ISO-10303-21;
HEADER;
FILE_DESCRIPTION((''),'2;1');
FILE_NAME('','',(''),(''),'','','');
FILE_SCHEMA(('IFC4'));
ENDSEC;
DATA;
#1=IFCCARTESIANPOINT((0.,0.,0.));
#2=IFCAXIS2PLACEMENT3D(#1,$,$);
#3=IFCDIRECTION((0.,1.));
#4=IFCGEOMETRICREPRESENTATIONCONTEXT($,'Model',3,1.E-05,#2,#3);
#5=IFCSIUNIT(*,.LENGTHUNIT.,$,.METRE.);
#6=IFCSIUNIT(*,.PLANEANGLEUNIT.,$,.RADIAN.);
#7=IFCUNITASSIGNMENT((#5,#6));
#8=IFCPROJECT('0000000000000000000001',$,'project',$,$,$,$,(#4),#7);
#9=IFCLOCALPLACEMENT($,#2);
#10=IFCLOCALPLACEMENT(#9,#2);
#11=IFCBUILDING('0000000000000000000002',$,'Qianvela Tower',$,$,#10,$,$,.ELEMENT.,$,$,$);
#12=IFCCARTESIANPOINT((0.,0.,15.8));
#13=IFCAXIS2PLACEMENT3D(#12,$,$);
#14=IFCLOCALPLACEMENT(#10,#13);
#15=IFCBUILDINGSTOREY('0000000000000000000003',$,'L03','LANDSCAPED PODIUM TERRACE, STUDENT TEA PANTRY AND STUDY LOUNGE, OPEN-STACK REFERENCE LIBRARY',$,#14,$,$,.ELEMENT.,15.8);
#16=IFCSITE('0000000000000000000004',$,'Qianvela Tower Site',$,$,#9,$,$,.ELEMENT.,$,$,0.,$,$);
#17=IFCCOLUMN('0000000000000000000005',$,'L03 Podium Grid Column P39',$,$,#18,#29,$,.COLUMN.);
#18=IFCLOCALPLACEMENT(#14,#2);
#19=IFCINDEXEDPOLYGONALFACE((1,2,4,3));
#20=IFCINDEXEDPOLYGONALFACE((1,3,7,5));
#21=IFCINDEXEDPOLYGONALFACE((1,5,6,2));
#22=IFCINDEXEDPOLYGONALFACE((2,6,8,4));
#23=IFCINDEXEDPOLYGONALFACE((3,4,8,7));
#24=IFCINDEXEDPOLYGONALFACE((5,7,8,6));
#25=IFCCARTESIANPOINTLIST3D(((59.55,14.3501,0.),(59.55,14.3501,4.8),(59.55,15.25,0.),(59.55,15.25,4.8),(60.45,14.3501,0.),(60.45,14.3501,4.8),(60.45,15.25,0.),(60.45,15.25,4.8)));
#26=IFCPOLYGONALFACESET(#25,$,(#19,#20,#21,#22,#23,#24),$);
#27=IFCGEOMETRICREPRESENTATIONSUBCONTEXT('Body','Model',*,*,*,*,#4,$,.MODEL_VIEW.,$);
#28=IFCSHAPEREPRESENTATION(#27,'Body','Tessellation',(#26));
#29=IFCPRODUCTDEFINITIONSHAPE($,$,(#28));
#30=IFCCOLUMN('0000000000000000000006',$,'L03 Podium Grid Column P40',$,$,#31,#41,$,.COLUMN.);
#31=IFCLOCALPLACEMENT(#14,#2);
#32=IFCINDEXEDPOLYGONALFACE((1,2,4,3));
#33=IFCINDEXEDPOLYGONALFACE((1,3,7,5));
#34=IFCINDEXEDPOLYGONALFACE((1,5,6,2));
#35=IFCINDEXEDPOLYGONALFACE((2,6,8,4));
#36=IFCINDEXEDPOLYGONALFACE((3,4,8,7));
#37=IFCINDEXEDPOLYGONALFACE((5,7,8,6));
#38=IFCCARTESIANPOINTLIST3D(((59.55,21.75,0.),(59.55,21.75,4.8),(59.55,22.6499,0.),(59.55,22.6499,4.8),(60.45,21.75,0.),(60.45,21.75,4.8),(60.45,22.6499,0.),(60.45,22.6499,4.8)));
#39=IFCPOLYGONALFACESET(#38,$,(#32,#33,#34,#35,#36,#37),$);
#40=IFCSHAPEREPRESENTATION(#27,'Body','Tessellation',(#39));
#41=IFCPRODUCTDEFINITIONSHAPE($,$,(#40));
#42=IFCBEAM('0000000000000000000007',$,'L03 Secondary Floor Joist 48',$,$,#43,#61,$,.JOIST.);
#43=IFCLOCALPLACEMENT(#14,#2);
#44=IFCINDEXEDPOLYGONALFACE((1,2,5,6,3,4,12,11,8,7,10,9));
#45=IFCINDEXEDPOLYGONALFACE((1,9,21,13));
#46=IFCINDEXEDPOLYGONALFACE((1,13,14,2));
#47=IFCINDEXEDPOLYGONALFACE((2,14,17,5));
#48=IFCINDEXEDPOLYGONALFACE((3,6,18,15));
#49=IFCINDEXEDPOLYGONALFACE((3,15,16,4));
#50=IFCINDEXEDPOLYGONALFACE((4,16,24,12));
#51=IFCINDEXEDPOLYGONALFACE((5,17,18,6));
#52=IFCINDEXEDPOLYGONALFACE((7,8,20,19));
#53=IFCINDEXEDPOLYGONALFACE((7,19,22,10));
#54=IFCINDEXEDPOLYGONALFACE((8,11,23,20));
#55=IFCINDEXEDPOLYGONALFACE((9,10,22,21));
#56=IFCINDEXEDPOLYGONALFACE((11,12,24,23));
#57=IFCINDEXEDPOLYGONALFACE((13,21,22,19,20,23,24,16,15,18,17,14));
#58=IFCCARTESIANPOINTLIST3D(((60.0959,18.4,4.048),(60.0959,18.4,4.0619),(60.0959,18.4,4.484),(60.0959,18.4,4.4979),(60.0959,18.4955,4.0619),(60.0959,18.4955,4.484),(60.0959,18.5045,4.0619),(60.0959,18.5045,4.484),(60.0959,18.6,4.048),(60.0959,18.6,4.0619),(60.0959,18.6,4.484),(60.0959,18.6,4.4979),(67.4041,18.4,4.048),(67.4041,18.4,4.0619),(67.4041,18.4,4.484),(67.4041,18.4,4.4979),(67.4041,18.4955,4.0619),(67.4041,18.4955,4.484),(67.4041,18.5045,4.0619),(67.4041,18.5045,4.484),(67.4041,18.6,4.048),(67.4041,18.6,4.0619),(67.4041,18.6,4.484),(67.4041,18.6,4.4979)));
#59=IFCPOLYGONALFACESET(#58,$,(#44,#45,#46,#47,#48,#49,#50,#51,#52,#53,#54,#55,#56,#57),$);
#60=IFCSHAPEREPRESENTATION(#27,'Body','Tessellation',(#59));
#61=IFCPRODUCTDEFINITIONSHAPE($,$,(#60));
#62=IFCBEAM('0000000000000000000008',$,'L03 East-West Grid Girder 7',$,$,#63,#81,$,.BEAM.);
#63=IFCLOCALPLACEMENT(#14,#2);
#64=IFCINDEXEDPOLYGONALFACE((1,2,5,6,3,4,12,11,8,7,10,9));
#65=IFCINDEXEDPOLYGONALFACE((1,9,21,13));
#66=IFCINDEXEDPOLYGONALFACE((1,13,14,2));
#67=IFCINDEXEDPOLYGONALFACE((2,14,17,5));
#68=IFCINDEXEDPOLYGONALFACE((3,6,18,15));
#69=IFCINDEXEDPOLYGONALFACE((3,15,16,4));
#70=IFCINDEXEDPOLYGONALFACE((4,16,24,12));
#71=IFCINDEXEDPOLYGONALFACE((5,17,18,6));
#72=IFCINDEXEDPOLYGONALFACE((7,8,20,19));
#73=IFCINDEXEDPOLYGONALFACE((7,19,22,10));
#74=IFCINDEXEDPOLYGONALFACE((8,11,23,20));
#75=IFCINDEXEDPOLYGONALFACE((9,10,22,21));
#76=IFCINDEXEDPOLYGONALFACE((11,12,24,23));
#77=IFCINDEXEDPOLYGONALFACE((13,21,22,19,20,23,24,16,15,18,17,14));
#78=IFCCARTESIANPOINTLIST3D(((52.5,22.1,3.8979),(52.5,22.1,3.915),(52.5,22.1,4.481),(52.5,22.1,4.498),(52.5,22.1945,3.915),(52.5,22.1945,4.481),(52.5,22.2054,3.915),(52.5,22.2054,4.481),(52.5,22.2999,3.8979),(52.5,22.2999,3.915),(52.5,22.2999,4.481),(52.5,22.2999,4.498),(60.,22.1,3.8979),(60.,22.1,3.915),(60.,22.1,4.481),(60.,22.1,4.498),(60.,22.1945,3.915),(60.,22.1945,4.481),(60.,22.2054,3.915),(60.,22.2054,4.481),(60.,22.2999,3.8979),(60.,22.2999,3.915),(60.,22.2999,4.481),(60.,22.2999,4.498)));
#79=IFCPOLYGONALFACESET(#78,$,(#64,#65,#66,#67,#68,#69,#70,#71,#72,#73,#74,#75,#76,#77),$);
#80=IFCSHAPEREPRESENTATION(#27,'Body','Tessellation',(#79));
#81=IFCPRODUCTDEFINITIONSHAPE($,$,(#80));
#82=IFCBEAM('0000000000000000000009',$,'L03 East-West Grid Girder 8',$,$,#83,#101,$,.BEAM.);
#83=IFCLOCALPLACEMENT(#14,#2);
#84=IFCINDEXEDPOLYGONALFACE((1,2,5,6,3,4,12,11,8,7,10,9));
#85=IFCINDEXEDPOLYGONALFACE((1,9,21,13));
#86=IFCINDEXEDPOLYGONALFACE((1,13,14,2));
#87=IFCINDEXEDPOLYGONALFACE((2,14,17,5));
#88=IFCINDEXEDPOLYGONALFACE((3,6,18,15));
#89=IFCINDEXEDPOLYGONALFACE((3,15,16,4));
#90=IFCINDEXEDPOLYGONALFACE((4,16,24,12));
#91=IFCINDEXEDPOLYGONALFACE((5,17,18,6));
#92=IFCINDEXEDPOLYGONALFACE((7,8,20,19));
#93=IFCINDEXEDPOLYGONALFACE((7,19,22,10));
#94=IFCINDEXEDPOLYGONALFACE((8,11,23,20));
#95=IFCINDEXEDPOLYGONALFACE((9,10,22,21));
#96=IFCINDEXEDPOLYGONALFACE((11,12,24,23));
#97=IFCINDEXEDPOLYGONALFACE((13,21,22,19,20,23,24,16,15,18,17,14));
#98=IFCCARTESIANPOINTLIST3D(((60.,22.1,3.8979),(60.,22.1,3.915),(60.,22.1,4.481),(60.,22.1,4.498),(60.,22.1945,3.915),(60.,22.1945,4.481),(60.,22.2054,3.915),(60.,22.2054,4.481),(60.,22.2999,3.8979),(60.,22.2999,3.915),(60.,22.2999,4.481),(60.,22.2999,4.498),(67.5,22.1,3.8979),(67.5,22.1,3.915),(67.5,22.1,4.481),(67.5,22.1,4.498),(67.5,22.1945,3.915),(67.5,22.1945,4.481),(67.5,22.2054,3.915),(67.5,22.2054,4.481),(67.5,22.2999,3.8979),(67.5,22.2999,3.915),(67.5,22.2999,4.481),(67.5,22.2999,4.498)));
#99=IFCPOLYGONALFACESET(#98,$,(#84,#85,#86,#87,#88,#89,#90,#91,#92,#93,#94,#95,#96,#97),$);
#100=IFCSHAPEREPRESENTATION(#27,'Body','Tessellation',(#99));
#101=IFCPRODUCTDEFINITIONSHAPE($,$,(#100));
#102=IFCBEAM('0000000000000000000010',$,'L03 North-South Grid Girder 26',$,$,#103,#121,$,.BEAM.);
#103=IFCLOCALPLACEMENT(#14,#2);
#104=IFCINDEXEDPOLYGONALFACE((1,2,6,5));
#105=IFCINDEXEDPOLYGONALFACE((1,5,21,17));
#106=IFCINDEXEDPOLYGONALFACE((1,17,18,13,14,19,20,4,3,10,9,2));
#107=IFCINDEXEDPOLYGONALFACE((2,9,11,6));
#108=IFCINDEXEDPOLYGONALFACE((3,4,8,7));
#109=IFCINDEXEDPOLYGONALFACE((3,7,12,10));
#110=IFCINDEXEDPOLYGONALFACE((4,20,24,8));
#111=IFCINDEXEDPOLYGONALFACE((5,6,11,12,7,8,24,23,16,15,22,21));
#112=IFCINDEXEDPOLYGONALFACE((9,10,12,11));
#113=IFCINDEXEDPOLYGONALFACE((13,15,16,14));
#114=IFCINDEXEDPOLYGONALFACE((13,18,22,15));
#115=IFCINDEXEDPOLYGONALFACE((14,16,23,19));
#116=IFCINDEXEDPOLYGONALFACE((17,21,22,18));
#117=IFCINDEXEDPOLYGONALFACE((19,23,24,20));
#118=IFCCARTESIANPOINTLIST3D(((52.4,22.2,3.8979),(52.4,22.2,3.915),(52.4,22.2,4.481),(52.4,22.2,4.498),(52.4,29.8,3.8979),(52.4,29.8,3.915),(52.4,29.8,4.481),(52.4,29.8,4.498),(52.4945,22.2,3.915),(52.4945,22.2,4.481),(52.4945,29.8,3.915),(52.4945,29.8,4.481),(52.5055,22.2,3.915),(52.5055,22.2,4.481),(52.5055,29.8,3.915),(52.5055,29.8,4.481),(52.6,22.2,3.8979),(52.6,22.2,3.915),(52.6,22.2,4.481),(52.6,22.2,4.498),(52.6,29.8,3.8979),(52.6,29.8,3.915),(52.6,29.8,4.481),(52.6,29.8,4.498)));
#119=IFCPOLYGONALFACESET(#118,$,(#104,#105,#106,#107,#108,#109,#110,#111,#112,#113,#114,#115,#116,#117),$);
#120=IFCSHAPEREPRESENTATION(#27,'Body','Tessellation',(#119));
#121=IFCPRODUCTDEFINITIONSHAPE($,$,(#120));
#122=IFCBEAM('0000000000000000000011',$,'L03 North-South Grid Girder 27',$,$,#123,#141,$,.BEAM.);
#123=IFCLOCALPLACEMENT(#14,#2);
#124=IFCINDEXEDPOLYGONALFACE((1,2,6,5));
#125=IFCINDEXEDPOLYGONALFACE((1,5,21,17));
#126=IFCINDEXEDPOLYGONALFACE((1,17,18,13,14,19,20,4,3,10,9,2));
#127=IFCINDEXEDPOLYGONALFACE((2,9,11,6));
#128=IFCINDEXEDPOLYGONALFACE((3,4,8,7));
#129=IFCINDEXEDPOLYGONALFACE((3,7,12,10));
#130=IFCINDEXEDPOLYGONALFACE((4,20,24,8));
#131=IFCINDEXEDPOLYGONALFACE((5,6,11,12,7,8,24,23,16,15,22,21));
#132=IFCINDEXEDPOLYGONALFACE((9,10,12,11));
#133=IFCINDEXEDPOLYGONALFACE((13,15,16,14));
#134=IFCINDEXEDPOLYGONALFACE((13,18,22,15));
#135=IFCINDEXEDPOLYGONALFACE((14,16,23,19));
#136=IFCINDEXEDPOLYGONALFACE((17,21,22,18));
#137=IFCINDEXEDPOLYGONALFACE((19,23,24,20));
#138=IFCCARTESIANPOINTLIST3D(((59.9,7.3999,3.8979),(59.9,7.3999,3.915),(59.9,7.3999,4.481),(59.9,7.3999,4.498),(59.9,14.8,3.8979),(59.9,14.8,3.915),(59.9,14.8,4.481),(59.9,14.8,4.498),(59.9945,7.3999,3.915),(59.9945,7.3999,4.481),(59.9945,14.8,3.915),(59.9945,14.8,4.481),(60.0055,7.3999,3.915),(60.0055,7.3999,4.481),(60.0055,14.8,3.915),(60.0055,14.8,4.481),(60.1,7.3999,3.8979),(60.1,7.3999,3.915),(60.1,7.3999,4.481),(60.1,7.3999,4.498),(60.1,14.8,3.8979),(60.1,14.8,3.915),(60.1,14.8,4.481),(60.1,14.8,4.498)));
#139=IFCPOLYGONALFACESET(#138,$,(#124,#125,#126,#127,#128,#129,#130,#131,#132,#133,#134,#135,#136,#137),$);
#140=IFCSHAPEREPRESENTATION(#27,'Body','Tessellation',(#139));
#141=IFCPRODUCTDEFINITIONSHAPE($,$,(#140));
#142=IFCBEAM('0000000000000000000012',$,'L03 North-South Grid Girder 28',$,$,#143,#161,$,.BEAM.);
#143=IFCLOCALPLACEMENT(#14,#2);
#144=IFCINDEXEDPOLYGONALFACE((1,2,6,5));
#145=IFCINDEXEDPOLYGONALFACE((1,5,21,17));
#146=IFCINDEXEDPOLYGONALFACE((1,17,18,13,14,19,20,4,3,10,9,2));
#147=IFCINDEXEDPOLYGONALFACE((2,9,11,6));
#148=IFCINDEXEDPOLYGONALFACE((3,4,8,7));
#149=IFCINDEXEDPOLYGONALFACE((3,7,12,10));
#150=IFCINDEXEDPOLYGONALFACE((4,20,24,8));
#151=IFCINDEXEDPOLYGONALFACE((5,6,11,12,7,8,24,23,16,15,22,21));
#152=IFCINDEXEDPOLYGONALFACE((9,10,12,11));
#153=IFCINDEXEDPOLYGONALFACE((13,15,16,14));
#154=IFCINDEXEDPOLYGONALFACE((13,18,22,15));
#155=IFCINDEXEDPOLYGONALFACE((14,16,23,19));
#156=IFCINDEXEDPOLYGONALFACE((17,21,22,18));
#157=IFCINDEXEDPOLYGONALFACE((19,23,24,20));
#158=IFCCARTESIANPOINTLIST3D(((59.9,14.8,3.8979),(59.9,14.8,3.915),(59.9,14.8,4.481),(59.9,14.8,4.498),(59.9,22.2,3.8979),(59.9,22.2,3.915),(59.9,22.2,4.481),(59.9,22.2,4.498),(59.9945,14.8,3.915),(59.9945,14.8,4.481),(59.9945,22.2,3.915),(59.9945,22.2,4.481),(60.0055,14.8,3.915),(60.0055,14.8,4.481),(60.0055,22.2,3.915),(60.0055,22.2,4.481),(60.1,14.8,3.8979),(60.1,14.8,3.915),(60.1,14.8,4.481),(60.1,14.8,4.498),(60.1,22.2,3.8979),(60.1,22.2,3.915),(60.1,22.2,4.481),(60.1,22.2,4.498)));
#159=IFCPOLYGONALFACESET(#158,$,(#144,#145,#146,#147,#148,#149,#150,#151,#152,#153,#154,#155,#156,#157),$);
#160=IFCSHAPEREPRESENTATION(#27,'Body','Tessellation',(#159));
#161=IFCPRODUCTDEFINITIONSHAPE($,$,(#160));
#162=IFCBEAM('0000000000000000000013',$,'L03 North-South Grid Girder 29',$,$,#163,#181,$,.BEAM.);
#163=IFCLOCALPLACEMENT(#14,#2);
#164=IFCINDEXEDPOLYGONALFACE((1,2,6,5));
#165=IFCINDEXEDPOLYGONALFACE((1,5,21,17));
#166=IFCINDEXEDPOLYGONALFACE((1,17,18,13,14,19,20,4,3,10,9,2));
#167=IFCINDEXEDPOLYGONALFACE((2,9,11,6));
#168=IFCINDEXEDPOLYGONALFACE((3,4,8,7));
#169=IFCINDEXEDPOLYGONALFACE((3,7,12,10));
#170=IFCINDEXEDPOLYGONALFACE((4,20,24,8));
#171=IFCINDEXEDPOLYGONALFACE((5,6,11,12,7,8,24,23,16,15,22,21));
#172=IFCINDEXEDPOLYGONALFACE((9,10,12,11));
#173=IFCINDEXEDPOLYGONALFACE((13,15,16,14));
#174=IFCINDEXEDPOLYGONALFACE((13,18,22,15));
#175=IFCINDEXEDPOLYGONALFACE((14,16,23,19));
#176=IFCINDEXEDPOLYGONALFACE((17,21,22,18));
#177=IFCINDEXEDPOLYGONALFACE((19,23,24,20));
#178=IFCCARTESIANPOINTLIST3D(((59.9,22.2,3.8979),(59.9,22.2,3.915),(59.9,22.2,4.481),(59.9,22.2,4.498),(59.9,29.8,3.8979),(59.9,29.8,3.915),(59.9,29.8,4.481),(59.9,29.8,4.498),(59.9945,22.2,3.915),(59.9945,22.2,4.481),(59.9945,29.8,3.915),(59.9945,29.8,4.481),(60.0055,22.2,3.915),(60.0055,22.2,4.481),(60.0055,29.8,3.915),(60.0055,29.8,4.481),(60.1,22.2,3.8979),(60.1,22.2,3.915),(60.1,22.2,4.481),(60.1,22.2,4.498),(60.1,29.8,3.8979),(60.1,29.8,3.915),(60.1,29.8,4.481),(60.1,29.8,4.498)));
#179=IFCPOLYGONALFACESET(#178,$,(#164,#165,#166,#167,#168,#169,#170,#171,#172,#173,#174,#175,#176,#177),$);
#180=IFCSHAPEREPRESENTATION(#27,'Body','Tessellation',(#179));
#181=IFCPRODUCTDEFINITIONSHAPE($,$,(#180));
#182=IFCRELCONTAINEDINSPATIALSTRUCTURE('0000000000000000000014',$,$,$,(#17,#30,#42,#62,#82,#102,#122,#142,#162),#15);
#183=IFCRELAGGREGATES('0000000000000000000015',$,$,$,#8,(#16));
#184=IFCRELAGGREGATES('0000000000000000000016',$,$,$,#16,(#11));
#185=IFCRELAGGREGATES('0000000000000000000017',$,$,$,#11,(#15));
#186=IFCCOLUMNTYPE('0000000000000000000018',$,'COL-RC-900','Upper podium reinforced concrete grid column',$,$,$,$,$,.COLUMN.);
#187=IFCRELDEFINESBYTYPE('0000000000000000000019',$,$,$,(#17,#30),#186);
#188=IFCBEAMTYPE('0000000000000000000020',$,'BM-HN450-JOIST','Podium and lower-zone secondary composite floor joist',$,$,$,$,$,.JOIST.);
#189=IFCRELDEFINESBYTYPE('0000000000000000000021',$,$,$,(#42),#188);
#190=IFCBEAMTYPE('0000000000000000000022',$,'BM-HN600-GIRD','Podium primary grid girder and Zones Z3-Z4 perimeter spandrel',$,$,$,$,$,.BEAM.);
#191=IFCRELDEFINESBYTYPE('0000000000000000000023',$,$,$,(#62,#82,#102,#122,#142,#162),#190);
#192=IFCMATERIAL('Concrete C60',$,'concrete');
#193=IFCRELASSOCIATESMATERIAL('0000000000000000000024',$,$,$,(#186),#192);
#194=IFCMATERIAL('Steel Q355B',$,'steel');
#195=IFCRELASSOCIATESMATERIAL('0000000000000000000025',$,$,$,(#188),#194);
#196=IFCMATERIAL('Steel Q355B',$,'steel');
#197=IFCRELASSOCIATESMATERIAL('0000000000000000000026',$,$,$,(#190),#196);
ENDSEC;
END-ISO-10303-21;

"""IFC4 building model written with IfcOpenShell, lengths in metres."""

from ifc_helpers import new_model, si_unit, direction, frame, origin, origin_2d, place, context, subcontext, project, spatial, rectangle, i_section, extrude, material, material_profile, profile_set, type_object, element, save


model = new_model("IFC4")

# Units and contexts
model_context = context("Model", 3, precision=1e-05, world=origin(), true_north=direction((0.0, 1.0)))
body_context = subcontext(model_context, "Body", "Model", "MODEL_VIEW")
ifc_project = project(units=[si_unit("LENGTHUNIT", "METRE"), si_unit("PLANEANGLEUNIT", "RADIAN")], contexts=[model_context])

# Site, building, storey
site_placement = place(None, origin())
site = spatial("IfcSite", under=ifc_project, at=site_placement, Name="Qianvela Tower Site", CompositionType="ELEMENT", RefElevation=0.0)
building_placement = place(site_placement, origin())
building = spatial("IfcBuilding", under=site, at=building_placement, Name="Qianvela Tower", CompositionType="ELEMENT")
storey_placement = place(building_placement, frame((0.0, 0.0, 15.8)))
storey = spatial("IfcBuildingStorey", under=building, at=storey_placement, Name="L03", Description="LANDSCAPED PODIUM TERRACE, STUDENT TEA PANTRY AND STUDY LOUNGE, OPEN-STACK REFERENCE LIBRARY", CompositionType="ELEMENT", Elevation=15.8)

# Columns
ifc_material_1 = material(Name="Concrete C60", Category="concrete")
ifc_material_profile_1 = material_profile(ifc_material_1, rectangle(XDim=0.8999, YDim=0.8999, at=origin_2d()), Name="RC-COL-900x900")
ifc_profile_set_1 = profile_set([ifc_material_profile_1], Name="Concrete C60")
column_type_1 = type_object("IfcColumnType", Name="COL-RC-900", Description="Upper podium reinforced concrete grid column", PredefinedType="COLUMN", material=ifc_profile_set_1)
for number, where, z_axis, x_axis, name in (
    (1, (60.0, 14.8, 0.0), (0.0, 0.0, 1.0), (1.0, 0.0, 0.0), "L03 Podium Grid Column P39"),
    (2, (60.0, 22.2, 0.0), (0.0, 0.0, 1.0), (1.0, 0.0, 0.0), "L03 Podium Grid Column P40"),
):
    element("IfcColumn", number, at=place(storey_placement, frame(where, z_axis=z_axis, x_axis=x_axis)), inside=storey, type_object=column_type_1, Name=name, PredefinedType="COLUMN", context=body_context, shape_type="SweptSolid", body=[
        extrude(rectangle(XDim=0.8999, YDim=0.8999, at=origin_2d()), origin(), (0.0, 0.0, 1.0), 4.8),
    ])

# Beams
ifc_material_2 = material(Name="Steel Q355B", Category="steel")
ifc_material_profile_2 = material_profile(ifc_material_2, i_section(OverallWidth=0.2, OverallDepth=0.45, WebThickness=0.009, FlangeThickness=0.0139, at=origin_2d()), Name="HN450x200x9x14")
ifc_profile_set_2 = profile_set([ifc_material_profile_2], Name="Steel Q355B")
beam_type_1 = type_object("IfcBeamType", Name="BM-HN450-JOIST", Description="Podium and lower-zone secondary composite floor joist", PredefinedType="JOIST", material=ifc_profile_set_2)
beam_1_placement = place(storey_placement, frame((60.0959, 18.5, 4.2729), z_axis=(1.0, 0.0, 0.0), x_axis=(0.0, 1.0, 0.0)))
element("IfcBeam", 3, at=beam_1_placement, inside=storey, type_object=beam_type_1, Name="L03 Secondary Floor Joist 48", PredefinedType="JOIST", context=body_context, shape_type="SweptSolid", body=[
    extrude(i_section(OverallWidth=0.2, OverallDepth=0.45, WebThickness=0.009, FlangeThickness=0.0139, at=origin_2d()), origin(), (0.0, 0.0, 1.0), 7.3081),
])
ifc_material_3 = material(Name="Steel Q355B", Category="steel")
ifc_material_profile_3 = material_profile(ifc_material_3, i_section(OverallWidth=0.2, OverallDepth=0.6001, WebThickness=0.011, FlangeThickness=0.0171, at=origin_2d()), Name="HN600x200x11x17")
ifc_profile_set_3 = profile_set([ifc_material_profile_3], Name="Steel Q355B")
beam_type_2 = type_object("IfcBeamType", Name="BM-HN600-GIRD", Description="Podium primary grid girder and Zones Z3-Z4 perimeter spandrel", PredefinedType="BEAM", material=ifc_profile_set_3)
for number, where, z_axis, x_axis, name in (
    (4, (52.5, 22.2, 4.198), (1.0, 0.0, 0.0), (0.0, 1.0, 0.0), "L03 East-West Grid Girder 7"),
    (5, (60.0, 22.2, 4.198), (1.0, 0.0, 0.0), (0.0, 1.0, 0.0), "L03 East-West Grid Girder 8"),
):
    element("IfcBeam", number, at=place(storey_placement, frame(where, z_axis=z_axis, x_axis=x_axis)), inside=storey, type_object=beam_type_2, Name=name, PredefinedType="BEAM", context=body_context, shape_type="SweptSolid", body=[
        extrude(i_section(OverallWidth=0.2, OverallDepth=0.6001, WebThickness=0.011, FlangeThickness=0.0171, at=origin_2d()), origin(), (0.0, 0.0, 1.0), 7.5),
    ])
beam_2_placement = place(storey_placement, frame((52.5, 22.2, 4.198), z_axis=(0.0, 1.0, 0.0), x_axis=(-1.0, 0.0, 0.0)))
element("IfcBeam", 6, at=beam_2_placement, inside=storey, type_object=beam_type_2, Name="L03 North-South Grid Girder 26", PredefinedType="BEAM", context=body_context, shape_type="SweptSolid", body=[
    extrude(i_section(OverallWidth=0.2, OverallDepth=0.6001, WebThickness=0.011, FlangeThickness=0.0171, at=origin_2d()), origin(), (0.0, 0.0, 1.0), 7.6001),
])
beam_3_placement = place(storey_placement, frame((60.0, 7.3999, 4.198), z_axis=(0.0, 1.0, 0.0), x_axis=(-1.0, 0.0, 0.0)))
element("IfcBeam", 7, at=beam_3_placement, inside=storey, type_object=beam_type_2, Name="L03 North-South Grid Girder 27", PredefinedType="BEAM", context=body_context, shape_type="SweptSolid", body=[
    extrude(i_section(OverallWidth=0.2, OverallDepth=0.6001, WebThickness=0.011, FlangeThickness=0.0171, at=origin_2d()), origin(), (0.0, 0.0, 1.0), 7.4001),
])
beam_4_placement = place(storey_placement, frame((60.0, 14.8, 4.198), z_axis=(0.0, 1.0, 0.0), x_axis=(-1.0, 0.0, 0.0)))
element("IfcBeam", 8, at=beam_4_placement, inside=storey, type_object=beam_type_2, Name="L03 North-South Grid Girder 28", PredefinedType="BEAM", context=body_context, shape_type="SweptSolid", body=[
    extrude(i_section(OverallWidth=0.2, OverallDepth=0.6001, WebThickness=0.011, FlangeThickness=0.0171, at=origin_2d()), origin(), (0.0, 0.0, 1.0), 7.3999),
])
beam_5_placement = place(storey_placement, frame((60.0, 22.2, 4.198), z_axis=(0.0, 1.0, 0.0), x_axis=(-1.0, 0.0, 0.0)))
element("IfcBeam", 9, at=beam_5_placement, inside=storey, type_object=beam_type_2, Name="L03 North-South Grid Girder 29", PredefinedType="BEAM", context=body_context, shape_type="SweptSolid", body=[
    extrude(i_section(OverallWidth=0.2, OverallDepth=0.6001, WebThickness=0.011, FlangeThickness=0.0171, at=origin_2d()), origin(), (0.0, 0.0, 1.0), 7.6001),
])

save(model, "model.ifc")
